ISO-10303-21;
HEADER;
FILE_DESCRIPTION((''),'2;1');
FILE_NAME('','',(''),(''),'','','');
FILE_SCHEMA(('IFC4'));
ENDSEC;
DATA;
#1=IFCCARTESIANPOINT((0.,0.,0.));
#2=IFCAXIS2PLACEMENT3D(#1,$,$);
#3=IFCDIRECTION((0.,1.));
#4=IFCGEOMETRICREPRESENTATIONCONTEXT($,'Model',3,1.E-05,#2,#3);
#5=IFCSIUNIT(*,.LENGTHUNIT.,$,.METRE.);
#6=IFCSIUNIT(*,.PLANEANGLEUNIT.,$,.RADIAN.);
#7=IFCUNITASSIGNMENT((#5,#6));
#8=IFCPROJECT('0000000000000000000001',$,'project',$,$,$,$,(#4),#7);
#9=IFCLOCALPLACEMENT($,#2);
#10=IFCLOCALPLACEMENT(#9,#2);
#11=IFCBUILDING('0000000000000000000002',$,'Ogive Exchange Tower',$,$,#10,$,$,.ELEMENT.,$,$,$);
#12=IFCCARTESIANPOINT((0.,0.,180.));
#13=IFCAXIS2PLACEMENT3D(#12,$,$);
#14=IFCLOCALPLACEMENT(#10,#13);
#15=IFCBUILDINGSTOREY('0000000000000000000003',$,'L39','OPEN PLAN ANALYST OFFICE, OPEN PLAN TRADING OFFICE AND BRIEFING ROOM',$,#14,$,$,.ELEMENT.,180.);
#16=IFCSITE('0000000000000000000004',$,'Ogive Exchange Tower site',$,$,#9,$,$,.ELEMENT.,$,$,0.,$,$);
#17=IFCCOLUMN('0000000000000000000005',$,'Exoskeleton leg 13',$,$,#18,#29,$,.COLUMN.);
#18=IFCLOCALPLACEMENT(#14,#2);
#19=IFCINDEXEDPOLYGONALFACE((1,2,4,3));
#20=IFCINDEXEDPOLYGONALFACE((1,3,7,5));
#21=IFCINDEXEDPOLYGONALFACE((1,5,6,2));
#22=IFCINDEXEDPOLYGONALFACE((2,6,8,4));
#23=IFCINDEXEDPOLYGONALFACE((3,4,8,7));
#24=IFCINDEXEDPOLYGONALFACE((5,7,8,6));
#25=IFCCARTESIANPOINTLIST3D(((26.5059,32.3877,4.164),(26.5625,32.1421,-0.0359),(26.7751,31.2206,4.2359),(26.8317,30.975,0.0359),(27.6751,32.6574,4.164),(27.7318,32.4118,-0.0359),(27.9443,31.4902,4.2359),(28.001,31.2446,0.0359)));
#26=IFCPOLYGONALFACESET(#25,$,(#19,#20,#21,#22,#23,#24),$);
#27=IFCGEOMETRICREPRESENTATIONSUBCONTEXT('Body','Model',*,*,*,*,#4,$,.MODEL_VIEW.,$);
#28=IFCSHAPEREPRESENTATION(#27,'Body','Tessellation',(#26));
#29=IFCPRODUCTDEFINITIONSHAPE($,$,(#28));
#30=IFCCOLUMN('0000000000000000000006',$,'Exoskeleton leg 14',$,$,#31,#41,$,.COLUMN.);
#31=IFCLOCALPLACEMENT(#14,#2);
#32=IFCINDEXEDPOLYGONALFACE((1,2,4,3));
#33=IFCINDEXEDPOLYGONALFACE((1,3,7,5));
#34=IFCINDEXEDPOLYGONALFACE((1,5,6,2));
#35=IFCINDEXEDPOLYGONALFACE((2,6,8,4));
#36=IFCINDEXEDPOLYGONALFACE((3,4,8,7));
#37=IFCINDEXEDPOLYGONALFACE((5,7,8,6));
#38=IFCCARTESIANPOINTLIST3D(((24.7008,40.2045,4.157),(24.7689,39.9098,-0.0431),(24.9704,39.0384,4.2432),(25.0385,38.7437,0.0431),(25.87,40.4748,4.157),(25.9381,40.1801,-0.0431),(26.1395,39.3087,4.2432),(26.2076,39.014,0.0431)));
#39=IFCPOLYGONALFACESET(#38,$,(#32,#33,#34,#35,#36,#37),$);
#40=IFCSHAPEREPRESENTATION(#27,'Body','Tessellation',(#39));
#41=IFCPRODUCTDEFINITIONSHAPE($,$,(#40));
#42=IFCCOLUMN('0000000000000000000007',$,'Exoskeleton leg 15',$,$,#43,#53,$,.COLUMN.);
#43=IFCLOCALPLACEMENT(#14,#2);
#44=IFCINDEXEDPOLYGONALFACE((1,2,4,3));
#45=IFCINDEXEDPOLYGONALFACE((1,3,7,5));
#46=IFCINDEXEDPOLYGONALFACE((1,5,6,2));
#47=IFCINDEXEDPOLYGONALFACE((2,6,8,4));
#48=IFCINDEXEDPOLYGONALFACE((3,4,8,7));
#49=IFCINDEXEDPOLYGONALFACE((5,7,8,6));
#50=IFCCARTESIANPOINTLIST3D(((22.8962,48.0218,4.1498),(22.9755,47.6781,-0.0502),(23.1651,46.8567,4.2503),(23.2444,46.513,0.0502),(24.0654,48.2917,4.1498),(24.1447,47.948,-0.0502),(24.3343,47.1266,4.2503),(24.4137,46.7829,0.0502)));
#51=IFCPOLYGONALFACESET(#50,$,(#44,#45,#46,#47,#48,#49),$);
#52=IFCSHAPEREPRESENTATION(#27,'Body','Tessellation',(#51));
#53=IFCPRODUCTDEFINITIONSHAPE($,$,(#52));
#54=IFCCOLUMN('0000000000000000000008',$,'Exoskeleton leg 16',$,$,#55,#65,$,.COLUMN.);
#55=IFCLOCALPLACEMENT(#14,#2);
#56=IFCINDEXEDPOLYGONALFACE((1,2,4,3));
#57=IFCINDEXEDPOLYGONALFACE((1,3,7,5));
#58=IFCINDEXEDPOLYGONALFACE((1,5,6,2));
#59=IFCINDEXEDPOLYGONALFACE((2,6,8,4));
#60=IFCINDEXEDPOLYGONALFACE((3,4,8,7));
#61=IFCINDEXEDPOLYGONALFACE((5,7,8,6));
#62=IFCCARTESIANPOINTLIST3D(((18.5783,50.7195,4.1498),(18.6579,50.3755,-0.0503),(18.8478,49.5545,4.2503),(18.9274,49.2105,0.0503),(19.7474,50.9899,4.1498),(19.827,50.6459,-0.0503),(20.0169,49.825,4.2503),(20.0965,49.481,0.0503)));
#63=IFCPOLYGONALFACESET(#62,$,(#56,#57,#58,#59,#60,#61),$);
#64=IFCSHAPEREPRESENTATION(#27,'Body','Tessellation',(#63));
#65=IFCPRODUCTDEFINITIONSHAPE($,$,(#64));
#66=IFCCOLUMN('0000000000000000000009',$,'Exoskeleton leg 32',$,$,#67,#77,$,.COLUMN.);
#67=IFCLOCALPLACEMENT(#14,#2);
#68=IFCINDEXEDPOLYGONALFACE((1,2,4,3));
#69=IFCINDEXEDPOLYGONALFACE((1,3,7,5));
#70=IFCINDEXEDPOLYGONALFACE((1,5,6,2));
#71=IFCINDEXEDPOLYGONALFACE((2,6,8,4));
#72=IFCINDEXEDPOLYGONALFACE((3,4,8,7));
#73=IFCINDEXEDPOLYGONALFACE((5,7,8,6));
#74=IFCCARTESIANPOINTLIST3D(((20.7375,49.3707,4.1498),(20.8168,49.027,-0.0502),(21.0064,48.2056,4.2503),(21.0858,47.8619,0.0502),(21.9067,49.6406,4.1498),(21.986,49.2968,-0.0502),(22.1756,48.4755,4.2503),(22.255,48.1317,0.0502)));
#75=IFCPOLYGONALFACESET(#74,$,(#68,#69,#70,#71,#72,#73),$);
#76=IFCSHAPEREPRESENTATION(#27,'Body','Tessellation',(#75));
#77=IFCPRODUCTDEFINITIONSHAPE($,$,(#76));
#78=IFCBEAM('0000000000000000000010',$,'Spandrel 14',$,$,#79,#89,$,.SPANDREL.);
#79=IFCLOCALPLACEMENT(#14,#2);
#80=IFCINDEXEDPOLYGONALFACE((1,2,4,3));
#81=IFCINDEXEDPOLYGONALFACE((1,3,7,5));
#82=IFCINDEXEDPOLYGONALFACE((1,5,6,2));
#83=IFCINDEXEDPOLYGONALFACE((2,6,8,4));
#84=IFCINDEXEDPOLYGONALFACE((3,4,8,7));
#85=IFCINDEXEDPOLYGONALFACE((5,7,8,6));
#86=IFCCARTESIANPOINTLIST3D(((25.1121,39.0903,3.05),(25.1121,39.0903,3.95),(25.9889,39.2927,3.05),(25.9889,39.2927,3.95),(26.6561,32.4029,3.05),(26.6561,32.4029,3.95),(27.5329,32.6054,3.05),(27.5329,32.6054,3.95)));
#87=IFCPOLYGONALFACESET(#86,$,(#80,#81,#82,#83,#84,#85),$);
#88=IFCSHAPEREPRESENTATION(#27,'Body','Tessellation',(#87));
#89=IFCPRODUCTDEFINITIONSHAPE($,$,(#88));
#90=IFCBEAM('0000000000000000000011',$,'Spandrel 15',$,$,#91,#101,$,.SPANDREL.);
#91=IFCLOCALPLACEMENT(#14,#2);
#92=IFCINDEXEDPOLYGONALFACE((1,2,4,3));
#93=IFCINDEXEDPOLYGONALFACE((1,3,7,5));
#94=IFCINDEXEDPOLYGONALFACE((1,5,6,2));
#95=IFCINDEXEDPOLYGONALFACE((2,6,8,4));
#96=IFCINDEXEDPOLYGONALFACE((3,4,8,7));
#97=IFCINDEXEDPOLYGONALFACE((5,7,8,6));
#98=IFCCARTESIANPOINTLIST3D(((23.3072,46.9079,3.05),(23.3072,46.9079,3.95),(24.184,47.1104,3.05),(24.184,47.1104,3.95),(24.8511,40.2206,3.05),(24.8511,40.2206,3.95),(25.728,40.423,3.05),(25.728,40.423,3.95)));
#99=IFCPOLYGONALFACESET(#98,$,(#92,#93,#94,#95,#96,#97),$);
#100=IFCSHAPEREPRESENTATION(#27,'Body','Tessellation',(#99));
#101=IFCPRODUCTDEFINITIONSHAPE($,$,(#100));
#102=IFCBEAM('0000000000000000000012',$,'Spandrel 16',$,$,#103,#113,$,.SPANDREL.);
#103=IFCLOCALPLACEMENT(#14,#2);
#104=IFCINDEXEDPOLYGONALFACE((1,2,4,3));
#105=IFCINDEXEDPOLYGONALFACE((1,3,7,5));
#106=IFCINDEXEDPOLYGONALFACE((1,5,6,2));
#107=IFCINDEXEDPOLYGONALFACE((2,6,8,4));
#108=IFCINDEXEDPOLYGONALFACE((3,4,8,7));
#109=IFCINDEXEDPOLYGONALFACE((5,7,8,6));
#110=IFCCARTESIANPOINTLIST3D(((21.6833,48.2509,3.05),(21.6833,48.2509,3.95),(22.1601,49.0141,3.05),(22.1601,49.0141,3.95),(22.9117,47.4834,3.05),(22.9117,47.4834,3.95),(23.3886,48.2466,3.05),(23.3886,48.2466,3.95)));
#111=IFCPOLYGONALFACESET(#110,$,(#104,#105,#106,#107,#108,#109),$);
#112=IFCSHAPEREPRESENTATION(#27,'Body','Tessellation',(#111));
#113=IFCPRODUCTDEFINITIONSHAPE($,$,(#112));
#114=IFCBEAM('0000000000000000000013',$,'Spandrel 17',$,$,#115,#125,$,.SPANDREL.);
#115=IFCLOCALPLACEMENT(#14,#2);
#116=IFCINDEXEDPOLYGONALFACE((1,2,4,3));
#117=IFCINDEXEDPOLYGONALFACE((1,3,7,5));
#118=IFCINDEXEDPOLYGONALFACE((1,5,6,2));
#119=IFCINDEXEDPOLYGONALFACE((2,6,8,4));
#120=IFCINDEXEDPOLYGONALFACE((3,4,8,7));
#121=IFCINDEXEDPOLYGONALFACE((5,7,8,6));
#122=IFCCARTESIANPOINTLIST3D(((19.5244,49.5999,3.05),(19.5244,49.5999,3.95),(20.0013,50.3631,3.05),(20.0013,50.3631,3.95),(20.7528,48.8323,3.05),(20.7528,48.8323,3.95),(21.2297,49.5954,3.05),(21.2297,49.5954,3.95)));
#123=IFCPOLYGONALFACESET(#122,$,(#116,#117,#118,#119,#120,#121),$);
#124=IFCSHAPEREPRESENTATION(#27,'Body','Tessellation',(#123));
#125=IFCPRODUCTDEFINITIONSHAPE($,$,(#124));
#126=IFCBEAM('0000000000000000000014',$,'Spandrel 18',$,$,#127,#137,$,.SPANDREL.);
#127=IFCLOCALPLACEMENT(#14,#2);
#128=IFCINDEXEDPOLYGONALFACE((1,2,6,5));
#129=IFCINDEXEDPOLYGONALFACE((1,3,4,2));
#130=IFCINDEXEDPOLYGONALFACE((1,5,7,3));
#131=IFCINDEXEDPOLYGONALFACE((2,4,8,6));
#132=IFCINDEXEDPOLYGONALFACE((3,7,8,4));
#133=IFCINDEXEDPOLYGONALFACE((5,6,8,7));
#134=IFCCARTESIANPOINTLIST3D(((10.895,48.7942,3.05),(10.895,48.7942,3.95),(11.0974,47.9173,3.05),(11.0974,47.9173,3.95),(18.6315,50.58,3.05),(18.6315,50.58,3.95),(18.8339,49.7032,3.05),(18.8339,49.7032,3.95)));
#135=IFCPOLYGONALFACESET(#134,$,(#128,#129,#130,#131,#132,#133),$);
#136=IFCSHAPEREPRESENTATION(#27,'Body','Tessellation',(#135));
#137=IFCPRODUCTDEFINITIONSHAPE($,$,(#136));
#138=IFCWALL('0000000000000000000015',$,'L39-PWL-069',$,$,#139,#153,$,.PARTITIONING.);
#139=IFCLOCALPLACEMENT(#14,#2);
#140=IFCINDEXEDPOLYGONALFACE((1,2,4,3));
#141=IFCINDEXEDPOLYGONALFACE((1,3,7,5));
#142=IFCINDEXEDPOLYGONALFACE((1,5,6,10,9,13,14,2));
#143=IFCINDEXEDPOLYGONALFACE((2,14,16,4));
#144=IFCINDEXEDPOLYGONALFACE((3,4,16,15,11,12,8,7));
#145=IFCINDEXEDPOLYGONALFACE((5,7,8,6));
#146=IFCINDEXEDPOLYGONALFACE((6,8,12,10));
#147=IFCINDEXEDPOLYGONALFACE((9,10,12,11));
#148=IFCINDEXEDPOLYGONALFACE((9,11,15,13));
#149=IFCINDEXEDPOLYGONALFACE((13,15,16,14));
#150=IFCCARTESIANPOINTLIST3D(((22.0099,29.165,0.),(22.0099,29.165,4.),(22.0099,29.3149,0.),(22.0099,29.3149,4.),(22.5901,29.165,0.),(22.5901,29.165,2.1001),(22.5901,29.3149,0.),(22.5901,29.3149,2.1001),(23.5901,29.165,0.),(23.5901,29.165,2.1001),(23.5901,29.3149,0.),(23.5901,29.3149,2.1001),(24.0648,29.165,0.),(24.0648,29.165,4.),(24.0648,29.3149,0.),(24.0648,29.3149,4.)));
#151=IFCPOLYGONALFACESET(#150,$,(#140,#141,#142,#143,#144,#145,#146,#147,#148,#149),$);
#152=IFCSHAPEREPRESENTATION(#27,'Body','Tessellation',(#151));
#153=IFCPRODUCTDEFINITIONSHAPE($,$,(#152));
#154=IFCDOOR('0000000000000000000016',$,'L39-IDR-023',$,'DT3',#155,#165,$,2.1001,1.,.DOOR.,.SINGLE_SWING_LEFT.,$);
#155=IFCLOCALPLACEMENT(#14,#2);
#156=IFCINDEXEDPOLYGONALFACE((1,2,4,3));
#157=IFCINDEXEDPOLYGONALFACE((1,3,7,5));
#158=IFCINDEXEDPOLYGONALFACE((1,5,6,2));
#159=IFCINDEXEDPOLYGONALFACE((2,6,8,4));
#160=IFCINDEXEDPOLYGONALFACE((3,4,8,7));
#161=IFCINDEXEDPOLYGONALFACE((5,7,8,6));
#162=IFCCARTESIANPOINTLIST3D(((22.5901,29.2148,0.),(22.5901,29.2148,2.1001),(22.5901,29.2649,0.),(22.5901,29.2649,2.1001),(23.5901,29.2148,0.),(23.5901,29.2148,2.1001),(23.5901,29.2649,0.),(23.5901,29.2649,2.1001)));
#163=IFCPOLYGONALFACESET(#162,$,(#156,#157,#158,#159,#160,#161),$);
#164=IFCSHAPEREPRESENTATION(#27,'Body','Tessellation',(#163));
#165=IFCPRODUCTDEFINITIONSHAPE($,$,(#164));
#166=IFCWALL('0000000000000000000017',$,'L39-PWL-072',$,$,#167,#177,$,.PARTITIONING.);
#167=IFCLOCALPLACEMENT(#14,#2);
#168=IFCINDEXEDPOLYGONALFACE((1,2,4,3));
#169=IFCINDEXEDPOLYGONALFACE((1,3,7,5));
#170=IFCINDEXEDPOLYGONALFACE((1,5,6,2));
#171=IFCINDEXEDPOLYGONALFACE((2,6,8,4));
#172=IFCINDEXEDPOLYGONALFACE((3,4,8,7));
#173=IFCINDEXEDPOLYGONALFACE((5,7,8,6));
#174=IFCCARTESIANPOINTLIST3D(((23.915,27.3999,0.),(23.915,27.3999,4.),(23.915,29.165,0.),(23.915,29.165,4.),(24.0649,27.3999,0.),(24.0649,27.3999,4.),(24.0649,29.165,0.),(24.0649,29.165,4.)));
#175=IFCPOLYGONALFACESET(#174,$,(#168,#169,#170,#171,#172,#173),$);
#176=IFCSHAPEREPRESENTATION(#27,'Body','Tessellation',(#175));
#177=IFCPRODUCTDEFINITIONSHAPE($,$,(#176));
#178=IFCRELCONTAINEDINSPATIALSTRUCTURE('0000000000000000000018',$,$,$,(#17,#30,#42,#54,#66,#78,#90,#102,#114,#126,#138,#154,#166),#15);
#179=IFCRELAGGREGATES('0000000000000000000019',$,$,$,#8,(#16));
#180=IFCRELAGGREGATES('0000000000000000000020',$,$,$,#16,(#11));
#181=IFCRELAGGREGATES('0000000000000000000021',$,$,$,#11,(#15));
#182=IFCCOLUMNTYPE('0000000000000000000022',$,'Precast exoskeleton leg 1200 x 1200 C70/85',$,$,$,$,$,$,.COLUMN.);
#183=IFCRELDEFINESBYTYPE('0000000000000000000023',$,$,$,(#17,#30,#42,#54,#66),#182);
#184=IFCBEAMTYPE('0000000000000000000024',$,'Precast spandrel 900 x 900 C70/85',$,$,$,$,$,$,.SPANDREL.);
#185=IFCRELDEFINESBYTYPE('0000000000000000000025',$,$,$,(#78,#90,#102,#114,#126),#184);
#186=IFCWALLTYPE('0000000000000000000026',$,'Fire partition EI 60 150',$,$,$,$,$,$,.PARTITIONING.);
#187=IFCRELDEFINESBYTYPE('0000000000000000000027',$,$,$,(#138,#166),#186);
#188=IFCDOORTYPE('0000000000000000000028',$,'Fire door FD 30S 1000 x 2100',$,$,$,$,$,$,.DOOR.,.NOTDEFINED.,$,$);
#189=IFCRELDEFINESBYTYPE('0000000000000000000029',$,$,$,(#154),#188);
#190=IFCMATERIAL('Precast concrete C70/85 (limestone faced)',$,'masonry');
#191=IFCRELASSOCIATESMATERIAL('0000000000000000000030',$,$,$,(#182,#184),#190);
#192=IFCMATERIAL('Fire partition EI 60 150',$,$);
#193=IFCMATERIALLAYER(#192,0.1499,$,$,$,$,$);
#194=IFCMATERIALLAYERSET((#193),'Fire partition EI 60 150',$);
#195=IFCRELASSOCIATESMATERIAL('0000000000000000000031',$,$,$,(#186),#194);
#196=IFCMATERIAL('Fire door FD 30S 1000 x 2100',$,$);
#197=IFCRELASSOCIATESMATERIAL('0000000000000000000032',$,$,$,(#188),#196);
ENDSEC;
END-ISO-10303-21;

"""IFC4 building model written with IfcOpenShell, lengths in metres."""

from ifc_helpers import new_model, si_unit, direction, frame, frame_2d, origin, origin_2d, place, context, subcontext, project, spatial, rectangle, extrude, material, layer, layer_set, material_profile, profile_set, type_object, element, fill, save


model = new_model("IFC4")

# Units and contexts
model_context = context("Model", 3, precision=1e-05, world=origin(), true_north=direction((0.0, 1.0)))
body_context = subcontext(model_context, "Body", "Model", "MODEL_VIEW")
ifc_project = project(units=[si_unit("LENGTHUNIT", "METRE"), si_unit("PLANEANGLEUNIT", "RADIAN")], contexts=[model_context])

# Site, building, storey
site_placement = place(None, origin())
site = spatial("IfcSite", under=ifc_project, at=site_placement, Name="Ogive Exchange Tower site", CompositionType="ELEMENT", RefElevation=0.0)
building_placement = place(site_placement, origin())
building = spatial("IfcBuilding", under=site, at=building_placement, Name="Ogive Exchange Tower", CompositionType="ELEMENT")
storey_placement = place(building_placement, frame((0.0, 0.0, 180.0)))
storey = spatial("IfcBuildingStorey", under=building, at=storey_placement, Name="L39", Description="OPEN PLAN ANALYST OFFICE, OPEN PLAN TRADING OFFICE AND BRIEFING ROOM", CompositionType="ELEMENT", Elevation=180.0)

# Columns
ifc_material_1 = material(Name="Precast concrete C70/85 (limestone faced)", Category="masonry")
ifc_material_profile_1 = material_profile(ifc_material_1, rectangle(XDim=1.2, YDim=1.2, at=origin_2d()), Name="1200 x 1200")
ifc_profile_set_1 = profile_set([ifc_material_profile_1], Name="Precast concrete C70/85 (limestone faced)")
column_type = type_object("IfcColumnType", Name="Precast exoskeleton leg 1200 x 1200 C70/85", PredefinedType="COLUMN", material=ifc_profile_set_1)
column_1_placement = place(storey_placement, frame((27.2817, 31.6934, 0.0), z_axis=(-0.013462, 0.058373, 0.998204), x_axis=(-0.974424, -0.224718, 0.0)))
element("IfcColumn", 1, at=column_1_placement, inside=storey, type_object=column_type, Name="Exoskeleton leg 13", PredefinedType="COLUMN", context=body_context, shape_type="SweptSolid", body=[
    extrude(rectangle(XDim=1.2, YDim=1.2, at=origin_2d()), origin(), (0.0, 0.0, 1.0), 4.2075),
])
column_2_placement = place(storey_placement, frame((25.4883, 39.4619, 0.0), z_axis=(-0.016176, 0.069981, 0.997417), x_axis=(-0.97431, -0.225213, 0.0)))
element("IfcColumn", 2, at=column_2_placement, inside=storey, type_object=column_type, Name="Exoskeleton leg 14", PredefinedType="COLUMN", context=body_context, shape_type="SweptSolid", body=[
    extrude(rectangle(XDim=1.2, YDim=1.2, at=origin_2d()), origin(), (0.0, 0.0, 1.0), 4.2109),
])
for number, where, z_axis, x_axis, name in (
    (3, (23.6946, 47.2305, 0.0), (-0.018826, 0.081559, 0.996491), (-0.97438, -0.22491, 0.0), "Exoskeleton leg 15"),
    (4, (19.3772, 49.9282, 0.0), (-0.018884, 0.081616, 0.996485), (-0.974263, -0.225415, 0.0), "Exoskeleton leg 16"),
    (5, (21.5359, 48.5793, 0.0), (-0.018826, 0.081559, 0.996491), (-0.97438, -0.22491, 0.0), "Exoskeleton leg 32"),
):
    element("IfcColumn", number, at=place(storey_placement, frame(where, z_axis=z_axis, x_axis=x_axis)), inside=storey, type_object=column_type, Name=name, PredefinedType="COLUMN", context=body_context, shape_type="SweptSolid", body=[
        extrude(rectangle(XDim=1.2, YDim=1.2, at=origin_2d()), origin(), (0.0, 0.0, 1.0), 4.2148),
    ])

# Beams
ifc_material_profile_2 = material_profile(ifc_material_1, rectangle(XDim=0.8999, YDim=0.8999, at=origin_2d()), Name="900 x 900")
ifc_profile_set_2 = profile_set([ifc_material_profile_2], Name="Precast concrete C70/85 (limestone faced)")
beam_type = type_object("IfcBeamType", Name="Precast spandrel 900 x 900 C70/85", PredefinedType="SPANDREL", material=ifc_profile_set_2)
for number, where, z_axis, x_axis, name in (
    (6, (27.0945, 32.5042, 3.5), (-0.224961, 0.974368, 0.0), (-0.974368, -0.224961, 0.0), "Spandrel 14"),
    (7, (25.2896, 40.3218, 3.5), (-0.224961, 0.974368, 0.0), (-0.974368, -0.224961, 0.0), "Spandrel 15"),
):
    element("IfcBeam", number, at=place(storey_placement, frame(where, z_axis=z_axis, x_axis=x_axis)), inside=storey, type_object=beam_type, Name=name, PredefinedType="SPANDREL", context=body_context, shape_type="SweptSolid", body=[
        extrude(rectangle(XDim=0.8999, YDim=0.8999, at=origin_2d()), origin(), (0.0, 0.0, 1.0), 6.8633),
    ])
for number, where, z_axis, x_axis, name in (
    (8, (23.1501, 47.865, 3.5), (-0.848074, 0.529878, 0.0), (-0.529878, -0.848074, 0.0), "Spandrel 16"),
    (9, (20.9912, 49.2139, 3.5), (-0.848027, 0.529953, 0.0), (-0.529953, -0.848027, 0.0), "Spandrel 17"),
):
    element("IfcBeam", number, at=place(storey_placement, frame(where, z_axis=z_axis, x_axis=x_axis)), inside=storey, type_object=beam_type, Name=name, PredefinedType="SPANDREL", context=body_context, shape_type="SweptSolid", body=[
        extrude(rectangle(XDim=0.8999, YDim=0.8999, at=origin_2d()), origin(), (0.0, 0.0, 1.0), 1.4485),
    ])
beam_placement = place(storey_placement, frame((18.7327, 50.1416, 3.5), z_axis=(-0.974377, -0.224922, 0.0), x_axis=(0.224922, -0.974377, 0.0)))
element("IfcBeam", 10, at=beam_placement, inside=storey, type_object=beam_type, Name="Spandrel 18", PredefinedType="SPANDREL", context=body_context, shape_type="SweptSolid", body=[
    extrude(rectangle(XDim=0.8999, YDim=0.8999, at=origin_2d()), origin(), (0.0, 0.0, 1.0), 7.9399),
])

# Wall, opening, door
ifc_material_2 = material(Name="Fire partition EI 60 150")
ifc_layer_1 = layer(ifc_material_2, 0.1499)
ifc_layer_set_1 = layer_set([ifc_layer_1], Name="Fire partition EI 60 150")
wall_type_1 = type_object("IfcWallType", Name="Fire partition EI 60 150", PredefinedType="PARTITIONING", material=ifc_layer_set_1)
wall_1_placement = place(storey_placement, frame((22.01, 29.24, 0.0), z_axis=(0.0, 0.0, 1.0), x_axis=(1.0, 0.0, 0.0)))
wall_1 = element("IfcWall", 11, at=wall_1_placement, inside=storey, type_object=wall_type_1, Name="L39-PWL-069", PredefinedType="PARTITIONING", context=body_context, shape_type="SweptSolid", body=[
    extrude(rectangle(XDim=2.0549, YDim=0.1499, at=frame_2d((1.0273, 0.0))), origin(), (0.0, 0.0, 1.0), 4.0),
])
opening_1_placement = place(wall_1_placement, frame((0.5801, 0.0, 0.0)))
opening_1 = element("IfcOpeningElement", 12, at=opening_1_placement, cuts=wall_1, PredefinedType="OPENING", context=body_context, shape_type="SweptSolid", body=[
    extrude(rectangle(XDim=1.0, YDim=2.1001, at=frame_2d((0.5, 1.05))), frame((0.0, 0.085, 0.0), z_axis=(0.0, -1.0, 0.0), x_axis=(1.0, 0.0, 0.0)), (0.0, 0.0, 1.0), 0.1699),
])
ifc_material_3 = material(Name="Fire door FD 30S 1000 x 2100")
door_type_1 = type_object("IfcDoorType", Name="Fire door FD 30S 1000 x 2100", OperationType="NOTDEFINED", PredefinedType="DOOR", material=ifc_material_3)
door_1_placement = place(opening_1_placement, origin())
door_1 = element("IfcDoor", 13, at=door_1_placement, inside=storey, type_object=door_type_1, Name="L39-IDR-023", ObjectType="DT3", OperationType="SINGLE_SWING_LEFT", OverallHeight=2.1001, OverallWidth=1.0, PredefinedType="DOOR", context=body_context, shape_type="SweptSolid", body=[
    extrude(rectangle(XDim=1.0, YDim=2.1001, at=frame_2d((0.5, 1.05))), frame((0.0, 0.0249, 0.0), z_axis=(0.0, -1.0, 0.0), x_axis=(1.0, 0.0, 0.0)), (0.0, 0.0, 1.0), 0.05),
])
fill(opening_1, door_1)

# Wall
wall_2_placement = place(storey_placement, frame((23.99, 29.165, 0.0), z_axis=(0.0, 0.0, 1.0), x_axis=(0.0, -1.0, 0.0)))
element("IfcWall", 14, at=wall_2_placement, inside=storey, type_object=wall_type_1, Name="L39-PWL-072", PredefinedType="PARTITIONING", context=body_context, shape_type="SweptSolid", body=[
    extrude(rectangle(XDim=1.7651, YDim=0.1499, at=frame_2d((0.8826, 0.0))), origin(), (0.0, 0.0, 1.0), 4.0),
])

save(model, "model.ifc")
